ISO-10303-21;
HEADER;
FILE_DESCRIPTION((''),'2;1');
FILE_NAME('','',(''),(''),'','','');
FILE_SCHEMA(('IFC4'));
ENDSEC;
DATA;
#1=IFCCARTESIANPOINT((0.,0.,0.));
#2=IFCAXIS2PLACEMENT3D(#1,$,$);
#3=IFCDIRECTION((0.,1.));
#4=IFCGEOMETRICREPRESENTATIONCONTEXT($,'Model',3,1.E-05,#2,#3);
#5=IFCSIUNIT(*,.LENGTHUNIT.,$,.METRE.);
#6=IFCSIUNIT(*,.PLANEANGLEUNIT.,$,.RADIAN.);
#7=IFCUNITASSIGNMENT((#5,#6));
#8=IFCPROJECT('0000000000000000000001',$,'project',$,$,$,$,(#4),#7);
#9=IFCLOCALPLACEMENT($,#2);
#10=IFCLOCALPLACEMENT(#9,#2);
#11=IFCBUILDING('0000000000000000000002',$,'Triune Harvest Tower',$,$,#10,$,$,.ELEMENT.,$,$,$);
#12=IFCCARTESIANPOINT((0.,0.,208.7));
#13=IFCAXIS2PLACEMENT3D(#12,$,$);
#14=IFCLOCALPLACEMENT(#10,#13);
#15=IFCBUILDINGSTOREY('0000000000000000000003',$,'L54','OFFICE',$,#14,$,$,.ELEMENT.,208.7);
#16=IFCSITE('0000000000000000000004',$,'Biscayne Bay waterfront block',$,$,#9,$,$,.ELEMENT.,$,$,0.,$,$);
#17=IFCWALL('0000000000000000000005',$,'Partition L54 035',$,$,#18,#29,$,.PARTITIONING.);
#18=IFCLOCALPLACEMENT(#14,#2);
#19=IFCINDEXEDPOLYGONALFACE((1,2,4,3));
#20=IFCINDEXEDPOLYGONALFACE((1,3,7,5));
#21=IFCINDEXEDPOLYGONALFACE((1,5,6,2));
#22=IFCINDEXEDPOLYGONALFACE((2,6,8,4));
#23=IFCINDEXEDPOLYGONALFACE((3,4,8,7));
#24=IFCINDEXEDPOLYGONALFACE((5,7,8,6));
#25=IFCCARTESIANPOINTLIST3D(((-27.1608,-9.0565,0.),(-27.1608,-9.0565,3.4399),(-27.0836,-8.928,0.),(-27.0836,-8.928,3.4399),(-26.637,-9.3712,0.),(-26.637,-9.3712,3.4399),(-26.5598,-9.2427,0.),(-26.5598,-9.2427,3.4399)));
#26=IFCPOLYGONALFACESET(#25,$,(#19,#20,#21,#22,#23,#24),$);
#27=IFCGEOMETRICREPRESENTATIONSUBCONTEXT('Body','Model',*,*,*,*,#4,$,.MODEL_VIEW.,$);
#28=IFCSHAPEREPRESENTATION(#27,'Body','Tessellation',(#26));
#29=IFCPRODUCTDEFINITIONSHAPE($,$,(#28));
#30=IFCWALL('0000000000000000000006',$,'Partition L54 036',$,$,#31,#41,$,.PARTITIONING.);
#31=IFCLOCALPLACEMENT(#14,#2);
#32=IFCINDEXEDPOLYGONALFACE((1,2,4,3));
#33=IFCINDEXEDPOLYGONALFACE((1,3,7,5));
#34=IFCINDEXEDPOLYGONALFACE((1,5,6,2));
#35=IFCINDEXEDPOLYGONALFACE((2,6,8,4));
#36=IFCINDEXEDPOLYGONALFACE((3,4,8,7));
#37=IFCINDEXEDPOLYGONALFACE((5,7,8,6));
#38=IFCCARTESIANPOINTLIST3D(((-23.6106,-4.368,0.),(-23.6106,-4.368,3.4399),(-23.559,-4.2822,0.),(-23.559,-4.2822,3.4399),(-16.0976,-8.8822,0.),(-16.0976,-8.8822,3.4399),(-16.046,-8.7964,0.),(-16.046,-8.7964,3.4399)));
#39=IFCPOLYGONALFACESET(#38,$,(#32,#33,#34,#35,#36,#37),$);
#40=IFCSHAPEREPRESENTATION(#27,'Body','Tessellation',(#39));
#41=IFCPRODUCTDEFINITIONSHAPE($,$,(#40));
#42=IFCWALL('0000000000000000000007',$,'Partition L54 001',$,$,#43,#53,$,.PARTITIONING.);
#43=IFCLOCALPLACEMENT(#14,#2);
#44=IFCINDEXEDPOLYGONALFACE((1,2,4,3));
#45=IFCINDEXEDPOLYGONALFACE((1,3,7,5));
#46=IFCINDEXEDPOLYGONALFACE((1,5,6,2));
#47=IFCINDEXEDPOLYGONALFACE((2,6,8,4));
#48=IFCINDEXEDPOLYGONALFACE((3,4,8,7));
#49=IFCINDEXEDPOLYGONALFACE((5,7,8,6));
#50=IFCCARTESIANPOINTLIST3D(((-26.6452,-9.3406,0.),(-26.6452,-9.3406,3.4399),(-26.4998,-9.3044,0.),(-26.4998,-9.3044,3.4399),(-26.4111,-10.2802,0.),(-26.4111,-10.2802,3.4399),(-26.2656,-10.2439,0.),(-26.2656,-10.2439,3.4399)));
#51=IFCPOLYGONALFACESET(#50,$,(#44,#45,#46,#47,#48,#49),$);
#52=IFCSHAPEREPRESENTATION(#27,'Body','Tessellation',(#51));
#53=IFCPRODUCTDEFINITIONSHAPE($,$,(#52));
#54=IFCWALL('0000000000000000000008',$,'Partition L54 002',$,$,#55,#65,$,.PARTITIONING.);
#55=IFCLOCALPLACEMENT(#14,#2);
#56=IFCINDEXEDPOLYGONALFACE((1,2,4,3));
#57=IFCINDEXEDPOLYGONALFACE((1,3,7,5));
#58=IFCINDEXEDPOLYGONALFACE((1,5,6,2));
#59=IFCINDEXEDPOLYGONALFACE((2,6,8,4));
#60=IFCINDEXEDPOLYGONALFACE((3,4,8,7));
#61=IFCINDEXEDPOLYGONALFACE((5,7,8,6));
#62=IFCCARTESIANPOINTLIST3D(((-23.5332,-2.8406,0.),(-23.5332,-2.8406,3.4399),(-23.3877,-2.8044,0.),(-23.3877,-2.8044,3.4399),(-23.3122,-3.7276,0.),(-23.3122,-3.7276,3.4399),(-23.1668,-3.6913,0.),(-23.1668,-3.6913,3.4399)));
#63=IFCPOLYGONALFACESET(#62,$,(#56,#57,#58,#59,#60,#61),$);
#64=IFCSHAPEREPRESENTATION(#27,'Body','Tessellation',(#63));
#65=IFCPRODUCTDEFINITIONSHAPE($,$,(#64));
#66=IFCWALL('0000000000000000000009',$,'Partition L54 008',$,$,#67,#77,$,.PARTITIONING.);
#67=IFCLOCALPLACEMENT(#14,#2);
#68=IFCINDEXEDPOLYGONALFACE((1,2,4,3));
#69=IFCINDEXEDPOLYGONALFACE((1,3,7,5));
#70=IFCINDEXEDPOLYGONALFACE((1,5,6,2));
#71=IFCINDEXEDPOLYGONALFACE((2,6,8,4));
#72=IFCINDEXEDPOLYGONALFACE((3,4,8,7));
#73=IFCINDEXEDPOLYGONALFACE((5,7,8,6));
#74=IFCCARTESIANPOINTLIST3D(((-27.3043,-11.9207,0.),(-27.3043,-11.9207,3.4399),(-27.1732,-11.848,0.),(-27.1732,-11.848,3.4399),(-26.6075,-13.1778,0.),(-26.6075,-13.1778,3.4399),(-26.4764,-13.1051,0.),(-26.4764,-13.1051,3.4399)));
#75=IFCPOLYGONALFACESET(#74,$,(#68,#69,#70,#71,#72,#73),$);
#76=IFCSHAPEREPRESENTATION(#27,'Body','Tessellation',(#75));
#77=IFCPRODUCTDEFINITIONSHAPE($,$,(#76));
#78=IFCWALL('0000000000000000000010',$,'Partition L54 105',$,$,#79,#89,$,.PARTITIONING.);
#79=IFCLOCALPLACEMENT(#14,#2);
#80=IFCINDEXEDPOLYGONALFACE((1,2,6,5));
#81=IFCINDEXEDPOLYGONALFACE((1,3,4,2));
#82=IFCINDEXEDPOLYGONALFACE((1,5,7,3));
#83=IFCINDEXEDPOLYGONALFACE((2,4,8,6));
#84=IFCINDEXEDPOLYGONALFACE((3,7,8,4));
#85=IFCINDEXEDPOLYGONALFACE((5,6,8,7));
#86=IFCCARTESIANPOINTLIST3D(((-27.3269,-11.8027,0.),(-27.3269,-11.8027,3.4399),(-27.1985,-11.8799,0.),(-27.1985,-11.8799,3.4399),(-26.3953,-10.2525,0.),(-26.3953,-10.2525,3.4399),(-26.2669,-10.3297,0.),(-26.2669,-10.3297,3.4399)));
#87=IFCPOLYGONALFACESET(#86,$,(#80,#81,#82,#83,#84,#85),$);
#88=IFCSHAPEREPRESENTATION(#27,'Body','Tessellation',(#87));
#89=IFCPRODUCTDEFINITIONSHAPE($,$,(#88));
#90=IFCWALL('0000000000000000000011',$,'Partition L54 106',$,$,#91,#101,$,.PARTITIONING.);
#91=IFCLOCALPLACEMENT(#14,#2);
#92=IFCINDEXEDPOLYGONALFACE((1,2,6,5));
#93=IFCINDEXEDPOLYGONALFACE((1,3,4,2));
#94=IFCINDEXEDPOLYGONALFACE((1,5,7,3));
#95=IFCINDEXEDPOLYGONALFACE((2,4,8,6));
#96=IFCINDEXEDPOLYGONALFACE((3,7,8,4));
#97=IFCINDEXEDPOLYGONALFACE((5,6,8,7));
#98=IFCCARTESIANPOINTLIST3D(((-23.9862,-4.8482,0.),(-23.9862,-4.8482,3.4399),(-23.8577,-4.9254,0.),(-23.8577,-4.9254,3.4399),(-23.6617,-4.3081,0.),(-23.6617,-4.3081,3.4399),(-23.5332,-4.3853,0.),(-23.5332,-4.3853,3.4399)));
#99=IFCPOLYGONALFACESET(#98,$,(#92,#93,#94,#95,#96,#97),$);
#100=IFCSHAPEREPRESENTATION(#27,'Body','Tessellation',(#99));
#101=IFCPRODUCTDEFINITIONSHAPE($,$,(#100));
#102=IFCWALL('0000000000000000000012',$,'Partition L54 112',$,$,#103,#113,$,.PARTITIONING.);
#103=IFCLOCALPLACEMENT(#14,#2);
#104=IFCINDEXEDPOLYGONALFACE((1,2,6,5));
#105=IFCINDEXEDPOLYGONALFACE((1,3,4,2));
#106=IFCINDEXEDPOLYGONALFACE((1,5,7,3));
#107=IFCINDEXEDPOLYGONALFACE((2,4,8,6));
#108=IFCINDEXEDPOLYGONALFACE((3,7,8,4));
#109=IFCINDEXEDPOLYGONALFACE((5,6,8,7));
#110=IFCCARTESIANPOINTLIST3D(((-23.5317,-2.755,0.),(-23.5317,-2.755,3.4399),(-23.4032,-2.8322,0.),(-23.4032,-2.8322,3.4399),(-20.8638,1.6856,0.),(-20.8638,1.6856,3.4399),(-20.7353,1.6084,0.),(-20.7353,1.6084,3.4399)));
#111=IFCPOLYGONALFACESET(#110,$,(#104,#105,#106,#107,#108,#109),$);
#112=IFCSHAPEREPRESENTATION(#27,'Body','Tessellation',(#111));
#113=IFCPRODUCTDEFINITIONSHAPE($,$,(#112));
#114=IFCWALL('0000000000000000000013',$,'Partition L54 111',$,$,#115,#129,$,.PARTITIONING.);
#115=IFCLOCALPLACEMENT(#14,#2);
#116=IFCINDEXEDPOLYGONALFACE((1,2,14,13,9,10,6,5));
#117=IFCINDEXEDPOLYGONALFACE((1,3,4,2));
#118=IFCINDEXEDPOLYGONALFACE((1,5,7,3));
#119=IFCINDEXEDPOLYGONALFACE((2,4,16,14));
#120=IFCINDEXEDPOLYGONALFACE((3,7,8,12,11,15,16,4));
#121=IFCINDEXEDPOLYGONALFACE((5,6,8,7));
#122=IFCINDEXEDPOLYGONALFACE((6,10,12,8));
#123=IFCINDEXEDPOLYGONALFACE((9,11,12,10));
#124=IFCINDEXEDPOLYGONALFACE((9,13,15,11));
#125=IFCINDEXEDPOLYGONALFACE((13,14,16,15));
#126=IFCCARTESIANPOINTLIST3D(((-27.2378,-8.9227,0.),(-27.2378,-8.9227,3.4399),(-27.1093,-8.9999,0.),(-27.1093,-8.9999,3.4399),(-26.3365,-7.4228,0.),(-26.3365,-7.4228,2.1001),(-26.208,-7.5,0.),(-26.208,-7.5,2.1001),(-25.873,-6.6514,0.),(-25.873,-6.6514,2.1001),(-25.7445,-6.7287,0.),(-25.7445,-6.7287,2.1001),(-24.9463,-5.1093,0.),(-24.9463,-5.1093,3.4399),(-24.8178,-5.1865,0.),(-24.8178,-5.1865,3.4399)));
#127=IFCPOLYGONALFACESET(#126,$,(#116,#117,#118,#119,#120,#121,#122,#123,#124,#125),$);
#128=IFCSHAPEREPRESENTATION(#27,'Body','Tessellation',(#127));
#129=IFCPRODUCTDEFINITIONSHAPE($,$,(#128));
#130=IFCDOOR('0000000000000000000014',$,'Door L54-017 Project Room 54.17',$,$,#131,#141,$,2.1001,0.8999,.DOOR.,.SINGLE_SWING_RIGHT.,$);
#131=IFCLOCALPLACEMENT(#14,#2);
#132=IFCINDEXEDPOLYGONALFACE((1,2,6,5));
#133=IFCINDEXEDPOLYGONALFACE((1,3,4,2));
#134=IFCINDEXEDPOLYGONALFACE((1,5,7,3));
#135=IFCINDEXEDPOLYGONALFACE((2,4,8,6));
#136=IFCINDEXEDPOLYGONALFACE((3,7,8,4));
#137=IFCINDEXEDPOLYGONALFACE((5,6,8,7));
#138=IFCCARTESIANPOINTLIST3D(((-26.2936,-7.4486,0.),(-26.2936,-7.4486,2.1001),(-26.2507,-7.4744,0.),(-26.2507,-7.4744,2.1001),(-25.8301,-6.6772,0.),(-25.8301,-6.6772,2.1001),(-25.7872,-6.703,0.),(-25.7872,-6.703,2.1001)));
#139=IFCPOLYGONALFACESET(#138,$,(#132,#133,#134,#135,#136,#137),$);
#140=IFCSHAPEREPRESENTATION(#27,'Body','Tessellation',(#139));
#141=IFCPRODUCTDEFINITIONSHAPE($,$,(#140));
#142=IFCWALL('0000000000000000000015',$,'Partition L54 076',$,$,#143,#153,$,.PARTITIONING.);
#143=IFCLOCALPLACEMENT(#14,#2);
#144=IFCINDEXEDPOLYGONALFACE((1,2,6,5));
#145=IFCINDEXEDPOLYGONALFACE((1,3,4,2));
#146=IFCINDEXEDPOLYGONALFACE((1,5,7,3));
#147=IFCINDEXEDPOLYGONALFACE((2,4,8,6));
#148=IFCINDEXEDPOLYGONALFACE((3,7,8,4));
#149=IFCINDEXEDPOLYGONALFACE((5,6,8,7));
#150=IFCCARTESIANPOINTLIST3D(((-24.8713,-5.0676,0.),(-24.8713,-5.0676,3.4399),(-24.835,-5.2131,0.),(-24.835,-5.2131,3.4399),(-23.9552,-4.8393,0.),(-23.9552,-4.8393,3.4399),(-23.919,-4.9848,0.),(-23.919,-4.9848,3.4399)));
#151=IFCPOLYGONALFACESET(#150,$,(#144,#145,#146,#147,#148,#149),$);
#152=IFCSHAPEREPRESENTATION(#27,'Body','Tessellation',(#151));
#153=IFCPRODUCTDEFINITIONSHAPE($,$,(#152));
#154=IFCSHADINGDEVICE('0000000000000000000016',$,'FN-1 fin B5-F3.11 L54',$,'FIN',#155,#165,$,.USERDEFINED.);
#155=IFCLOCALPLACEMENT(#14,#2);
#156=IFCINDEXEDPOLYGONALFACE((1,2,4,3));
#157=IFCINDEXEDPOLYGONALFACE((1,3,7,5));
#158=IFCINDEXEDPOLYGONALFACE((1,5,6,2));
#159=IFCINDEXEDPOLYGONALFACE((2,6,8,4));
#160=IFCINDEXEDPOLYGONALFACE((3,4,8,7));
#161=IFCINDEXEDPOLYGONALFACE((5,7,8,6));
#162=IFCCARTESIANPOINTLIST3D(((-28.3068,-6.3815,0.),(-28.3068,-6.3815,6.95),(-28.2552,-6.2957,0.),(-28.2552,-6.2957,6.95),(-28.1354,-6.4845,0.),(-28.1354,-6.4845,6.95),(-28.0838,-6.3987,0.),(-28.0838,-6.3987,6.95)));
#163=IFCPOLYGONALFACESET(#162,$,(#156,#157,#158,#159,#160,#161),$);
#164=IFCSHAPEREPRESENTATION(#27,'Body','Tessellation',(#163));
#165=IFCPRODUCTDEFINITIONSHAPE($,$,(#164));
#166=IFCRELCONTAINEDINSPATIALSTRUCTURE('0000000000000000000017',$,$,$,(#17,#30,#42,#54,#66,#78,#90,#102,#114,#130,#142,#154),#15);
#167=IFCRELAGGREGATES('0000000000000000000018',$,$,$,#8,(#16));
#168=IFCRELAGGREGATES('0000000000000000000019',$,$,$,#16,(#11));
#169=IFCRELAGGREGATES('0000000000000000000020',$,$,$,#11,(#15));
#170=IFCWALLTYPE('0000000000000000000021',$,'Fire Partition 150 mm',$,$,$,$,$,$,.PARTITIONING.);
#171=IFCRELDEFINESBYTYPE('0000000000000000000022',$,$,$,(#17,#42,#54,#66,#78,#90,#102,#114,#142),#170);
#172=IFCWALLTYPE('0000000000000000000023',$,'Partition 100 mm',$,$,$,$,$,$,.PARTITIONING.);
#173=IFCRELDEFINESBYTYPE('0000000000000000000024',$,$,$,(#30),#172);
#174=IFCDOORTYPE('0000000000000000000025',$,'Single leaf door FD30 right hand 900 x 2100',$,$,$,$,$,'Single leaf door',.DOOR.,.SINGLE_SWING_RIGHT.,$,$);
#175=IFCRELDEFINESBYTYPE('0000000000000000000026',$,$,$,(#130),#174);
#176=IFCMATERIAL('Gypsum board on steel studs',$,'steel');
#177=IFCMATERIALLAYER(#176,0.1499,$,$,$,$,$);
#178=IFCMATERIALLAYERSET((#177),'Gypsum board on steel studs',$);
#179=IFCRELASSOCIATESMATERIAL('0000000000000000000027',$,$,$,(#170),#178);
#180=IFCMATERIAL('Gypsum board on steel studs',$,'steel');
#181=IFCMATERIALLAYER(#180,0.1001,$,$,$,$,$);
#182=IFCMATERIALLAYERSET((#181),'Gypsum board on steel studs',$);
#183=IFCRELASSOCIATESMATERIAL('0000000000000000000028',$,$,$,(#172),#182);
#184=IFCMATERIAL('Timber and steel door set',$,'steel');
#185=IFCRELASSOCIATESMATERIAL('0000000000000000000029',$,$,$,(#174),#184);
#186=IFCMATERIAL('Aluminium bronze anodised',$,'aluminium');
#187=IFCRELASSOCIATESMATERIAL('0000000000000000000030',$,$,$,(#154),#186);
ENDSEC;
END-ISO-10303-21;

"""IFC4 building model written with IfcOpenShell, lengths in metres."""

from ifc_helpers import new_model, si_unit, direction, frame, frame_2d, origin, origin_2d, place, context, subcontext, project, spatial, rectangle, extrude, source, transform, mapped, material, layer, layer_set, type_object, element, fill, save


model = new_model("IFC4")

# Units and contexts
model_context = context("Model", 3, precision=1e-05, world=origin(), true_north=direction((0.0, 1.0)))
body_context = subcontext(model_context, "Body", "Model", "MODEL_VIEW")
ifc_project = project(units=[si_unit("LENGTHUNIT", "METRE"), si_unit("PLANEANGLEUNIT", "RADIAN")], contexts=[model_context])

# Site, building, storey
site_placement = place(None, origin())
site = spatial("IfcSite", under=ifc_project, at=site_placement, Name="Biscayne Bay waterfront block", CompositionType="ELEMENT", RefElevation=0.0)
building_placement = place(site_placement, origin())
building = spatial("IfcBuilding", under=site, at=building_placement, Name="Triune Harvest Tower", CompositionType="ELEMENT")
storey_placement = place(building_placement, frame((0.0, 0.0, 208.7)))
storey = spatial("IfcBuildingStorey", under=building, at=storey_placement, Name="L54", Description="OFFICE", CompositionType="ELEMENT", Elevation=208.7)

# Walls
ifc_material_1 = material(Name="Gypsum board on steel studs", Category="steel")
ifc_layer_1 = layer(ifc_material_1, 0.1499)
ifc_layer_set_1 = layer_set([ifc_layer_1], Name="Gypsum board on steel studs")
wall_type_1 = type_object("IfcWallType", Name="Fire Partition 150 mm", PredefinedType="PARTITIONING", material=ifc_layer_set_1)
wall_1_placement = place(storey_placement, frame((-27.1223, -8.9922, 0.0), z_axis=(0.0, 0.0, 1.0), x_axis=(0.857246, -0.514907, 0.0)))
element("IfcWall", 1, at=wall_1_placement, inside=storey, type_object=wall_type_1, Name="Partition L54 035", PredefinedType="PARTITIONING", context=body_context, shape_type="SweptSolid", body=[
    extrude(rectangle(XDim=0.6111, YDim=0.1499, at=frame_2d((0.3057, 0.0))), origin(), (0.0, 0.0, 1.0), 3.4399),
])
ifc_material_2 = material(Name="Gypsum board on steel studs", Category="steel")
ifc_layer_2 = layer(ifc_material_2, 0.1001)
ifc_layer_set_2 = layer_set([ifc_layer_2], Name="Gypsum board on steel studs")
wall_type_2 = type_object("IfcWallType", Name="Partition 100 mm", PredefinedType="PARTITIONING", material=ifc_layer_set_2)
wall_2_placement = place(storey_placement, frame((-23.5847, -4.3252, 0.0), z_axis=(0.0, 0.0, 1.0), x_axis=(0.857171, -0.515032, 0.0)))
element("IfcWall", 2, at=wall_2_placement, inside=storey, type_object=wall_type_2, Name="Partition L54 036", PredefinedType="PARTITIONING", context=body_context, shape_type="SweptSolid", body=[
    extrude(rectangle(XDim=8.7649, YDim=0.1001, at=frame_2d((4.3823, 0.0))), origin(), (0.0, 0.0, 1.0), 3.4399),
])
shared_shape_1 = source(origin(), body_context, "Body", "SweptSolid", [
    extrude(rectangle(XDim=0.9683, YDim=0.1499, at=frame_2d((0.4841, 0.0))), origin(), (0.0, 0.0, 1.0), 3.4399),
])
wall_3_placement = place(storey_placement, frame((-26.5725, -9.3225, 0.0), z_axis=(0.0, 0.0, 1.0), x_axis=(0.241824, -0.97032, 0.0)))
element("IfcWall", 3, at=wall_3_placement, inside=storey, type_object=wall_type_1, Name="Partition L54 001", PredefinedType="PARTITIONING", context=body_context, shape_type="MappedRepresentation", body=[
    mapped(shared_shape_1, transform((0.0, 0.0, 0.0), scale=1.0)),
])
shared_shape_2 = source(origin(), body_context, "Body", "SweptSolid", [
    extrude(rectangle(XDim=0.9141, YDim=0.1499, at=frame_2d((0.457, 0.0))), origin(), (0.0, 0.0, 1.0), 3.4399),
])
wall_4_placement = place(storey_placement, frame((-23.4604, -2.8225, 0.0), z_axis=(0.0, 0.0, 1.0), x_axis=(0.241719, -0.970346, 0.0)))
element("IfcWall", 4, at=wall_4_placement, inside=storey, type_object=wall_type_1, Name="Partition L54 002", PredefinedType="PARTITIONING", context=body_context, shape_type="MappedRepresentation", body=[
    mapped(shared_shape_2, transform((0.0, 0.0, 0.0), scale=1.0)),
])
shared_shape_3 = source(origin(), body_context, "Body", "SweptSolid", [
    extrude(rectangle(XDim=1.4373, YDim=0.1499, at=frame_2d((0.7188, 0.0))), origin(), (0.0, 0.0, 1.0), 3.4399),
])
wall_5_placement = place(storey_placement, frame((-27.2388, -11.8843, 0.0), z_axis=(0.0, 0.0, 1.0), x_axis=(0.484792, -0.87463, 0.0)))
element("IfcWall", 5, at=wall_5_placement, inside=storey, type_object=wall_type_1, Name="Partition L54 008", PredefinedType="PARTITIONING", context=body_context, shape_type="MappedRepresentation", body=[
    mapped(shared_shape_3, transform((0.0, 0.0, 0.0), scale=1.0)),
])
shared_shape_4 = source(origin(), body_context, "Body", "SweptSolid", [
    extrude(rectangle(XDim=1.8086, YDim=0.1499, at=frame_2d((0.9043, 0.0))), origin(), (0.0, 0.0, 1.0), 3.4399),
])
wall_6_placement = place(storey_placement, frame((-27.2627, -11.8413, 0.0), z_axis=(0.0, 0.0, 1.0), x_axis=(0.515091, 0.857135, 0.0)))
element("IfcWall", 6, at=wall_6_placement, inside=storey, type_object=wall_type_1, Name="Partition L54 105", PredefinedType="PARTITIONING", context=body_context, shape_type="MappedRepresentation", body=[
    mapped(shared_shape_4, transform((0.0, 0.0, 0.0), scale=1.0)),
])
shared_shape_5 = source(origin(), body_context, "Body", "SweptSolid", [
    extrude(rectangle(XDim=0.6301, YDim=0.1499, at=frame_2d((0.3149, 0.0))), origin(), (0.0, 0.0, 1.0), 3.4399),
])
wall_7_placement = place(storey_placement, frame((-23.9219, -4.8867, 0.0), z_axis=(0.0, 0.0, 1.0), x_axis=(0.515009, 0.857185, 0.0)))
element("IfcWall", 7, at=wall_7_placement, inside=storey, type_object=wall_type_1, Name="Partition L54 106", PredefinedType="PARTITIONING", context=body_context, shape_type="MappedRepresentation", body=[
    mapped(shared_shape_5, transform((0.0, 0.0, 0.0), scale=1.0)),
])
shared_shape_6 = source(origin(), body_context, "Body", "SweptSolid", [
    extrude(rectangle(XDim=5.1804, YDim=0.1499, at=frame_2d((2.5903, 0.0))), origin(), (0.0, 0.0, 1.0), 3.4399),
])
wall_8_placement = place(storey_placement, frame((-23.4675, -2.7937, 0.0), z_axis=(0.0, 0.0, 1.0), x_axis=(0.515002, 0.857189, 0.0)))
element("IfcWall", 8, at=wall_8_placement, inside=storey, type_object=wall_type_1, Name="Partition L54 112", PredefinedType="PARTITIONING", context=body_context, shape_type="MappedRepresentation", body=[
    mapped(shared_shape_6, transform((0.0, 0.0, 0.0), scale=1.0)),
])

# Wall, opening, door
shared_shape_7 = source(origin(), body_context, "Body", "SweptSolid", [
    extrude(rectangle(XDim=4.449, YDim=0.1499, at=frame_2d((2.2246, 0.0))), origin(), (0.0, 0.0, 1.0), 3.4399),
])
wall_9_placement = place(storey_placement, frame((-27.1736, -8.9614, 0.0), z_axis=(0.0, 0.0, 1.0), x_axis=(0.515061, 0.857154, 0.0)))
wall_9 = element("IfcWall", 9, at=wall_9_placement, inside=storey, type_object=wall_type_1, Name="Partition L54 111", PredefinedType="PARTITIONING", context=body_context, shape_type="MappedRepresentation", body=[
    mapped(shared_shape_7, transform((0.0, 0.0, 0.0), scale=1.0)),
])
opening_placement = place(wall_9_placement, frame((1.75, 0.0, 0.0)))
opening = element("IfcOpeningElement", 10, at=opening_placement, cuts=wall_9, PredefinedType="OPENING", context=body_context, shape_type="SweptSolid", body=[
    extrude(rectangle(XDim=0.8999, YDim=2.1001, at=frame_2d((0.45, 1.05))), frame((0.0, 0.085, 0.0), z_axis=(0.0, -1.0, 0.0), x_axis=(1.0, 0.0, 0.0)), (0.0, 0.0, 1.0), 0.1699),
])
ifc_material_3 = material(Name="Timber and steel door set", Category="steel")
door_type = type_object("IfcDoorType", Name="Single leaf door FD30 right hand 900 x 2100", ElementType="Single leaf door", OperationType="SINGLE_SWING_RIGHT", PredefinedType="DOOR", material=ifc_material_3)
door_placement = place(opening_placement, origin())
door = element("IfcDoor", 11, at=door_placement, inside=storey, type_object=door_type, Name="Door L54-017 Project Room 54.17", OperationType="SINGLE_SWING_RIGHT", OverallHeight=2.1001, OverallWidth=0.8999, PredefinedType="DOOR", context=body_context, shape_type="SweptSolid", body=[
    extrude(rectangle(XDim=0.8999, YDim=2.1001, at=frame_2d((0.45, 1.05))), frame((0.0, 0.0249, 0.0), z_axis=(0.0, -1.0, 0.0), x_axis=(1.0, 0.0, 0.0)), (0.0, 0.0, 1.0), 0.05),
])
fill(opening, door)

# Wall
shared_shape_8 = source(origin(), body_context, "Body", "SweptSolid", [
    extrude(rectangle(XDim=0.9441, YDim=0.1499, at=frame_2d((0.4722, 0.0))), origin(), (0.0, 0.0, 1.0), 3.4399),
])
wall_10_placement = place(storey_placement, frame((-24.8533, -5.1404, 0.0), z_axis=(0.0, 0.0, 1.0), x_axis=(0.970325, 0.241805, 0.0)))
element("IfcWall", 12, at=wall_10_placement, inside=storey, type_object=wall_type_1, Name="Partition L54 076", PredefinedType="PARTITIONING", context=body_context, shape_type="MappedRepresentation", body=[
    mapped(shared_shape_8, transform((0.0, 0.0, 0.0), scale=1.0)),
])

# Shading device
ifc_material_4 = material(Name="Aluminium bronze anodised", Category="aluminium")
shared_shape_9 = source(origin(), body_context, "Body", "SweptSolid", [
    extrude(rectangle(XDim=0.1001, YDim=0.2, at=origin_2d()), origin(), (0.0, 0.0, 1.0), 6.95),
])
shading_device_placement = place(storey_placement, frame((-28.1953, -6.3901, 0.0), z_axis=(0.0, 0.0, 1.0), x_axis=(-0.515037, -0.857168, 0.0)))
element("IfcShadingDevice", 13, at=shading_device_placement, inside=storey, material=ifc_material_4, Name="FN-1 fin B5-F3.11 L54", ObjectType="FIN", PredefinedType="USERDEFINED", context=body_context, shape_type="MappedRepresentation", body=[
    mapped(shared_shape_9, transform((0.0, 0.0, 0.0), scale=1.0)),
])

save(model, "model.ifc")
